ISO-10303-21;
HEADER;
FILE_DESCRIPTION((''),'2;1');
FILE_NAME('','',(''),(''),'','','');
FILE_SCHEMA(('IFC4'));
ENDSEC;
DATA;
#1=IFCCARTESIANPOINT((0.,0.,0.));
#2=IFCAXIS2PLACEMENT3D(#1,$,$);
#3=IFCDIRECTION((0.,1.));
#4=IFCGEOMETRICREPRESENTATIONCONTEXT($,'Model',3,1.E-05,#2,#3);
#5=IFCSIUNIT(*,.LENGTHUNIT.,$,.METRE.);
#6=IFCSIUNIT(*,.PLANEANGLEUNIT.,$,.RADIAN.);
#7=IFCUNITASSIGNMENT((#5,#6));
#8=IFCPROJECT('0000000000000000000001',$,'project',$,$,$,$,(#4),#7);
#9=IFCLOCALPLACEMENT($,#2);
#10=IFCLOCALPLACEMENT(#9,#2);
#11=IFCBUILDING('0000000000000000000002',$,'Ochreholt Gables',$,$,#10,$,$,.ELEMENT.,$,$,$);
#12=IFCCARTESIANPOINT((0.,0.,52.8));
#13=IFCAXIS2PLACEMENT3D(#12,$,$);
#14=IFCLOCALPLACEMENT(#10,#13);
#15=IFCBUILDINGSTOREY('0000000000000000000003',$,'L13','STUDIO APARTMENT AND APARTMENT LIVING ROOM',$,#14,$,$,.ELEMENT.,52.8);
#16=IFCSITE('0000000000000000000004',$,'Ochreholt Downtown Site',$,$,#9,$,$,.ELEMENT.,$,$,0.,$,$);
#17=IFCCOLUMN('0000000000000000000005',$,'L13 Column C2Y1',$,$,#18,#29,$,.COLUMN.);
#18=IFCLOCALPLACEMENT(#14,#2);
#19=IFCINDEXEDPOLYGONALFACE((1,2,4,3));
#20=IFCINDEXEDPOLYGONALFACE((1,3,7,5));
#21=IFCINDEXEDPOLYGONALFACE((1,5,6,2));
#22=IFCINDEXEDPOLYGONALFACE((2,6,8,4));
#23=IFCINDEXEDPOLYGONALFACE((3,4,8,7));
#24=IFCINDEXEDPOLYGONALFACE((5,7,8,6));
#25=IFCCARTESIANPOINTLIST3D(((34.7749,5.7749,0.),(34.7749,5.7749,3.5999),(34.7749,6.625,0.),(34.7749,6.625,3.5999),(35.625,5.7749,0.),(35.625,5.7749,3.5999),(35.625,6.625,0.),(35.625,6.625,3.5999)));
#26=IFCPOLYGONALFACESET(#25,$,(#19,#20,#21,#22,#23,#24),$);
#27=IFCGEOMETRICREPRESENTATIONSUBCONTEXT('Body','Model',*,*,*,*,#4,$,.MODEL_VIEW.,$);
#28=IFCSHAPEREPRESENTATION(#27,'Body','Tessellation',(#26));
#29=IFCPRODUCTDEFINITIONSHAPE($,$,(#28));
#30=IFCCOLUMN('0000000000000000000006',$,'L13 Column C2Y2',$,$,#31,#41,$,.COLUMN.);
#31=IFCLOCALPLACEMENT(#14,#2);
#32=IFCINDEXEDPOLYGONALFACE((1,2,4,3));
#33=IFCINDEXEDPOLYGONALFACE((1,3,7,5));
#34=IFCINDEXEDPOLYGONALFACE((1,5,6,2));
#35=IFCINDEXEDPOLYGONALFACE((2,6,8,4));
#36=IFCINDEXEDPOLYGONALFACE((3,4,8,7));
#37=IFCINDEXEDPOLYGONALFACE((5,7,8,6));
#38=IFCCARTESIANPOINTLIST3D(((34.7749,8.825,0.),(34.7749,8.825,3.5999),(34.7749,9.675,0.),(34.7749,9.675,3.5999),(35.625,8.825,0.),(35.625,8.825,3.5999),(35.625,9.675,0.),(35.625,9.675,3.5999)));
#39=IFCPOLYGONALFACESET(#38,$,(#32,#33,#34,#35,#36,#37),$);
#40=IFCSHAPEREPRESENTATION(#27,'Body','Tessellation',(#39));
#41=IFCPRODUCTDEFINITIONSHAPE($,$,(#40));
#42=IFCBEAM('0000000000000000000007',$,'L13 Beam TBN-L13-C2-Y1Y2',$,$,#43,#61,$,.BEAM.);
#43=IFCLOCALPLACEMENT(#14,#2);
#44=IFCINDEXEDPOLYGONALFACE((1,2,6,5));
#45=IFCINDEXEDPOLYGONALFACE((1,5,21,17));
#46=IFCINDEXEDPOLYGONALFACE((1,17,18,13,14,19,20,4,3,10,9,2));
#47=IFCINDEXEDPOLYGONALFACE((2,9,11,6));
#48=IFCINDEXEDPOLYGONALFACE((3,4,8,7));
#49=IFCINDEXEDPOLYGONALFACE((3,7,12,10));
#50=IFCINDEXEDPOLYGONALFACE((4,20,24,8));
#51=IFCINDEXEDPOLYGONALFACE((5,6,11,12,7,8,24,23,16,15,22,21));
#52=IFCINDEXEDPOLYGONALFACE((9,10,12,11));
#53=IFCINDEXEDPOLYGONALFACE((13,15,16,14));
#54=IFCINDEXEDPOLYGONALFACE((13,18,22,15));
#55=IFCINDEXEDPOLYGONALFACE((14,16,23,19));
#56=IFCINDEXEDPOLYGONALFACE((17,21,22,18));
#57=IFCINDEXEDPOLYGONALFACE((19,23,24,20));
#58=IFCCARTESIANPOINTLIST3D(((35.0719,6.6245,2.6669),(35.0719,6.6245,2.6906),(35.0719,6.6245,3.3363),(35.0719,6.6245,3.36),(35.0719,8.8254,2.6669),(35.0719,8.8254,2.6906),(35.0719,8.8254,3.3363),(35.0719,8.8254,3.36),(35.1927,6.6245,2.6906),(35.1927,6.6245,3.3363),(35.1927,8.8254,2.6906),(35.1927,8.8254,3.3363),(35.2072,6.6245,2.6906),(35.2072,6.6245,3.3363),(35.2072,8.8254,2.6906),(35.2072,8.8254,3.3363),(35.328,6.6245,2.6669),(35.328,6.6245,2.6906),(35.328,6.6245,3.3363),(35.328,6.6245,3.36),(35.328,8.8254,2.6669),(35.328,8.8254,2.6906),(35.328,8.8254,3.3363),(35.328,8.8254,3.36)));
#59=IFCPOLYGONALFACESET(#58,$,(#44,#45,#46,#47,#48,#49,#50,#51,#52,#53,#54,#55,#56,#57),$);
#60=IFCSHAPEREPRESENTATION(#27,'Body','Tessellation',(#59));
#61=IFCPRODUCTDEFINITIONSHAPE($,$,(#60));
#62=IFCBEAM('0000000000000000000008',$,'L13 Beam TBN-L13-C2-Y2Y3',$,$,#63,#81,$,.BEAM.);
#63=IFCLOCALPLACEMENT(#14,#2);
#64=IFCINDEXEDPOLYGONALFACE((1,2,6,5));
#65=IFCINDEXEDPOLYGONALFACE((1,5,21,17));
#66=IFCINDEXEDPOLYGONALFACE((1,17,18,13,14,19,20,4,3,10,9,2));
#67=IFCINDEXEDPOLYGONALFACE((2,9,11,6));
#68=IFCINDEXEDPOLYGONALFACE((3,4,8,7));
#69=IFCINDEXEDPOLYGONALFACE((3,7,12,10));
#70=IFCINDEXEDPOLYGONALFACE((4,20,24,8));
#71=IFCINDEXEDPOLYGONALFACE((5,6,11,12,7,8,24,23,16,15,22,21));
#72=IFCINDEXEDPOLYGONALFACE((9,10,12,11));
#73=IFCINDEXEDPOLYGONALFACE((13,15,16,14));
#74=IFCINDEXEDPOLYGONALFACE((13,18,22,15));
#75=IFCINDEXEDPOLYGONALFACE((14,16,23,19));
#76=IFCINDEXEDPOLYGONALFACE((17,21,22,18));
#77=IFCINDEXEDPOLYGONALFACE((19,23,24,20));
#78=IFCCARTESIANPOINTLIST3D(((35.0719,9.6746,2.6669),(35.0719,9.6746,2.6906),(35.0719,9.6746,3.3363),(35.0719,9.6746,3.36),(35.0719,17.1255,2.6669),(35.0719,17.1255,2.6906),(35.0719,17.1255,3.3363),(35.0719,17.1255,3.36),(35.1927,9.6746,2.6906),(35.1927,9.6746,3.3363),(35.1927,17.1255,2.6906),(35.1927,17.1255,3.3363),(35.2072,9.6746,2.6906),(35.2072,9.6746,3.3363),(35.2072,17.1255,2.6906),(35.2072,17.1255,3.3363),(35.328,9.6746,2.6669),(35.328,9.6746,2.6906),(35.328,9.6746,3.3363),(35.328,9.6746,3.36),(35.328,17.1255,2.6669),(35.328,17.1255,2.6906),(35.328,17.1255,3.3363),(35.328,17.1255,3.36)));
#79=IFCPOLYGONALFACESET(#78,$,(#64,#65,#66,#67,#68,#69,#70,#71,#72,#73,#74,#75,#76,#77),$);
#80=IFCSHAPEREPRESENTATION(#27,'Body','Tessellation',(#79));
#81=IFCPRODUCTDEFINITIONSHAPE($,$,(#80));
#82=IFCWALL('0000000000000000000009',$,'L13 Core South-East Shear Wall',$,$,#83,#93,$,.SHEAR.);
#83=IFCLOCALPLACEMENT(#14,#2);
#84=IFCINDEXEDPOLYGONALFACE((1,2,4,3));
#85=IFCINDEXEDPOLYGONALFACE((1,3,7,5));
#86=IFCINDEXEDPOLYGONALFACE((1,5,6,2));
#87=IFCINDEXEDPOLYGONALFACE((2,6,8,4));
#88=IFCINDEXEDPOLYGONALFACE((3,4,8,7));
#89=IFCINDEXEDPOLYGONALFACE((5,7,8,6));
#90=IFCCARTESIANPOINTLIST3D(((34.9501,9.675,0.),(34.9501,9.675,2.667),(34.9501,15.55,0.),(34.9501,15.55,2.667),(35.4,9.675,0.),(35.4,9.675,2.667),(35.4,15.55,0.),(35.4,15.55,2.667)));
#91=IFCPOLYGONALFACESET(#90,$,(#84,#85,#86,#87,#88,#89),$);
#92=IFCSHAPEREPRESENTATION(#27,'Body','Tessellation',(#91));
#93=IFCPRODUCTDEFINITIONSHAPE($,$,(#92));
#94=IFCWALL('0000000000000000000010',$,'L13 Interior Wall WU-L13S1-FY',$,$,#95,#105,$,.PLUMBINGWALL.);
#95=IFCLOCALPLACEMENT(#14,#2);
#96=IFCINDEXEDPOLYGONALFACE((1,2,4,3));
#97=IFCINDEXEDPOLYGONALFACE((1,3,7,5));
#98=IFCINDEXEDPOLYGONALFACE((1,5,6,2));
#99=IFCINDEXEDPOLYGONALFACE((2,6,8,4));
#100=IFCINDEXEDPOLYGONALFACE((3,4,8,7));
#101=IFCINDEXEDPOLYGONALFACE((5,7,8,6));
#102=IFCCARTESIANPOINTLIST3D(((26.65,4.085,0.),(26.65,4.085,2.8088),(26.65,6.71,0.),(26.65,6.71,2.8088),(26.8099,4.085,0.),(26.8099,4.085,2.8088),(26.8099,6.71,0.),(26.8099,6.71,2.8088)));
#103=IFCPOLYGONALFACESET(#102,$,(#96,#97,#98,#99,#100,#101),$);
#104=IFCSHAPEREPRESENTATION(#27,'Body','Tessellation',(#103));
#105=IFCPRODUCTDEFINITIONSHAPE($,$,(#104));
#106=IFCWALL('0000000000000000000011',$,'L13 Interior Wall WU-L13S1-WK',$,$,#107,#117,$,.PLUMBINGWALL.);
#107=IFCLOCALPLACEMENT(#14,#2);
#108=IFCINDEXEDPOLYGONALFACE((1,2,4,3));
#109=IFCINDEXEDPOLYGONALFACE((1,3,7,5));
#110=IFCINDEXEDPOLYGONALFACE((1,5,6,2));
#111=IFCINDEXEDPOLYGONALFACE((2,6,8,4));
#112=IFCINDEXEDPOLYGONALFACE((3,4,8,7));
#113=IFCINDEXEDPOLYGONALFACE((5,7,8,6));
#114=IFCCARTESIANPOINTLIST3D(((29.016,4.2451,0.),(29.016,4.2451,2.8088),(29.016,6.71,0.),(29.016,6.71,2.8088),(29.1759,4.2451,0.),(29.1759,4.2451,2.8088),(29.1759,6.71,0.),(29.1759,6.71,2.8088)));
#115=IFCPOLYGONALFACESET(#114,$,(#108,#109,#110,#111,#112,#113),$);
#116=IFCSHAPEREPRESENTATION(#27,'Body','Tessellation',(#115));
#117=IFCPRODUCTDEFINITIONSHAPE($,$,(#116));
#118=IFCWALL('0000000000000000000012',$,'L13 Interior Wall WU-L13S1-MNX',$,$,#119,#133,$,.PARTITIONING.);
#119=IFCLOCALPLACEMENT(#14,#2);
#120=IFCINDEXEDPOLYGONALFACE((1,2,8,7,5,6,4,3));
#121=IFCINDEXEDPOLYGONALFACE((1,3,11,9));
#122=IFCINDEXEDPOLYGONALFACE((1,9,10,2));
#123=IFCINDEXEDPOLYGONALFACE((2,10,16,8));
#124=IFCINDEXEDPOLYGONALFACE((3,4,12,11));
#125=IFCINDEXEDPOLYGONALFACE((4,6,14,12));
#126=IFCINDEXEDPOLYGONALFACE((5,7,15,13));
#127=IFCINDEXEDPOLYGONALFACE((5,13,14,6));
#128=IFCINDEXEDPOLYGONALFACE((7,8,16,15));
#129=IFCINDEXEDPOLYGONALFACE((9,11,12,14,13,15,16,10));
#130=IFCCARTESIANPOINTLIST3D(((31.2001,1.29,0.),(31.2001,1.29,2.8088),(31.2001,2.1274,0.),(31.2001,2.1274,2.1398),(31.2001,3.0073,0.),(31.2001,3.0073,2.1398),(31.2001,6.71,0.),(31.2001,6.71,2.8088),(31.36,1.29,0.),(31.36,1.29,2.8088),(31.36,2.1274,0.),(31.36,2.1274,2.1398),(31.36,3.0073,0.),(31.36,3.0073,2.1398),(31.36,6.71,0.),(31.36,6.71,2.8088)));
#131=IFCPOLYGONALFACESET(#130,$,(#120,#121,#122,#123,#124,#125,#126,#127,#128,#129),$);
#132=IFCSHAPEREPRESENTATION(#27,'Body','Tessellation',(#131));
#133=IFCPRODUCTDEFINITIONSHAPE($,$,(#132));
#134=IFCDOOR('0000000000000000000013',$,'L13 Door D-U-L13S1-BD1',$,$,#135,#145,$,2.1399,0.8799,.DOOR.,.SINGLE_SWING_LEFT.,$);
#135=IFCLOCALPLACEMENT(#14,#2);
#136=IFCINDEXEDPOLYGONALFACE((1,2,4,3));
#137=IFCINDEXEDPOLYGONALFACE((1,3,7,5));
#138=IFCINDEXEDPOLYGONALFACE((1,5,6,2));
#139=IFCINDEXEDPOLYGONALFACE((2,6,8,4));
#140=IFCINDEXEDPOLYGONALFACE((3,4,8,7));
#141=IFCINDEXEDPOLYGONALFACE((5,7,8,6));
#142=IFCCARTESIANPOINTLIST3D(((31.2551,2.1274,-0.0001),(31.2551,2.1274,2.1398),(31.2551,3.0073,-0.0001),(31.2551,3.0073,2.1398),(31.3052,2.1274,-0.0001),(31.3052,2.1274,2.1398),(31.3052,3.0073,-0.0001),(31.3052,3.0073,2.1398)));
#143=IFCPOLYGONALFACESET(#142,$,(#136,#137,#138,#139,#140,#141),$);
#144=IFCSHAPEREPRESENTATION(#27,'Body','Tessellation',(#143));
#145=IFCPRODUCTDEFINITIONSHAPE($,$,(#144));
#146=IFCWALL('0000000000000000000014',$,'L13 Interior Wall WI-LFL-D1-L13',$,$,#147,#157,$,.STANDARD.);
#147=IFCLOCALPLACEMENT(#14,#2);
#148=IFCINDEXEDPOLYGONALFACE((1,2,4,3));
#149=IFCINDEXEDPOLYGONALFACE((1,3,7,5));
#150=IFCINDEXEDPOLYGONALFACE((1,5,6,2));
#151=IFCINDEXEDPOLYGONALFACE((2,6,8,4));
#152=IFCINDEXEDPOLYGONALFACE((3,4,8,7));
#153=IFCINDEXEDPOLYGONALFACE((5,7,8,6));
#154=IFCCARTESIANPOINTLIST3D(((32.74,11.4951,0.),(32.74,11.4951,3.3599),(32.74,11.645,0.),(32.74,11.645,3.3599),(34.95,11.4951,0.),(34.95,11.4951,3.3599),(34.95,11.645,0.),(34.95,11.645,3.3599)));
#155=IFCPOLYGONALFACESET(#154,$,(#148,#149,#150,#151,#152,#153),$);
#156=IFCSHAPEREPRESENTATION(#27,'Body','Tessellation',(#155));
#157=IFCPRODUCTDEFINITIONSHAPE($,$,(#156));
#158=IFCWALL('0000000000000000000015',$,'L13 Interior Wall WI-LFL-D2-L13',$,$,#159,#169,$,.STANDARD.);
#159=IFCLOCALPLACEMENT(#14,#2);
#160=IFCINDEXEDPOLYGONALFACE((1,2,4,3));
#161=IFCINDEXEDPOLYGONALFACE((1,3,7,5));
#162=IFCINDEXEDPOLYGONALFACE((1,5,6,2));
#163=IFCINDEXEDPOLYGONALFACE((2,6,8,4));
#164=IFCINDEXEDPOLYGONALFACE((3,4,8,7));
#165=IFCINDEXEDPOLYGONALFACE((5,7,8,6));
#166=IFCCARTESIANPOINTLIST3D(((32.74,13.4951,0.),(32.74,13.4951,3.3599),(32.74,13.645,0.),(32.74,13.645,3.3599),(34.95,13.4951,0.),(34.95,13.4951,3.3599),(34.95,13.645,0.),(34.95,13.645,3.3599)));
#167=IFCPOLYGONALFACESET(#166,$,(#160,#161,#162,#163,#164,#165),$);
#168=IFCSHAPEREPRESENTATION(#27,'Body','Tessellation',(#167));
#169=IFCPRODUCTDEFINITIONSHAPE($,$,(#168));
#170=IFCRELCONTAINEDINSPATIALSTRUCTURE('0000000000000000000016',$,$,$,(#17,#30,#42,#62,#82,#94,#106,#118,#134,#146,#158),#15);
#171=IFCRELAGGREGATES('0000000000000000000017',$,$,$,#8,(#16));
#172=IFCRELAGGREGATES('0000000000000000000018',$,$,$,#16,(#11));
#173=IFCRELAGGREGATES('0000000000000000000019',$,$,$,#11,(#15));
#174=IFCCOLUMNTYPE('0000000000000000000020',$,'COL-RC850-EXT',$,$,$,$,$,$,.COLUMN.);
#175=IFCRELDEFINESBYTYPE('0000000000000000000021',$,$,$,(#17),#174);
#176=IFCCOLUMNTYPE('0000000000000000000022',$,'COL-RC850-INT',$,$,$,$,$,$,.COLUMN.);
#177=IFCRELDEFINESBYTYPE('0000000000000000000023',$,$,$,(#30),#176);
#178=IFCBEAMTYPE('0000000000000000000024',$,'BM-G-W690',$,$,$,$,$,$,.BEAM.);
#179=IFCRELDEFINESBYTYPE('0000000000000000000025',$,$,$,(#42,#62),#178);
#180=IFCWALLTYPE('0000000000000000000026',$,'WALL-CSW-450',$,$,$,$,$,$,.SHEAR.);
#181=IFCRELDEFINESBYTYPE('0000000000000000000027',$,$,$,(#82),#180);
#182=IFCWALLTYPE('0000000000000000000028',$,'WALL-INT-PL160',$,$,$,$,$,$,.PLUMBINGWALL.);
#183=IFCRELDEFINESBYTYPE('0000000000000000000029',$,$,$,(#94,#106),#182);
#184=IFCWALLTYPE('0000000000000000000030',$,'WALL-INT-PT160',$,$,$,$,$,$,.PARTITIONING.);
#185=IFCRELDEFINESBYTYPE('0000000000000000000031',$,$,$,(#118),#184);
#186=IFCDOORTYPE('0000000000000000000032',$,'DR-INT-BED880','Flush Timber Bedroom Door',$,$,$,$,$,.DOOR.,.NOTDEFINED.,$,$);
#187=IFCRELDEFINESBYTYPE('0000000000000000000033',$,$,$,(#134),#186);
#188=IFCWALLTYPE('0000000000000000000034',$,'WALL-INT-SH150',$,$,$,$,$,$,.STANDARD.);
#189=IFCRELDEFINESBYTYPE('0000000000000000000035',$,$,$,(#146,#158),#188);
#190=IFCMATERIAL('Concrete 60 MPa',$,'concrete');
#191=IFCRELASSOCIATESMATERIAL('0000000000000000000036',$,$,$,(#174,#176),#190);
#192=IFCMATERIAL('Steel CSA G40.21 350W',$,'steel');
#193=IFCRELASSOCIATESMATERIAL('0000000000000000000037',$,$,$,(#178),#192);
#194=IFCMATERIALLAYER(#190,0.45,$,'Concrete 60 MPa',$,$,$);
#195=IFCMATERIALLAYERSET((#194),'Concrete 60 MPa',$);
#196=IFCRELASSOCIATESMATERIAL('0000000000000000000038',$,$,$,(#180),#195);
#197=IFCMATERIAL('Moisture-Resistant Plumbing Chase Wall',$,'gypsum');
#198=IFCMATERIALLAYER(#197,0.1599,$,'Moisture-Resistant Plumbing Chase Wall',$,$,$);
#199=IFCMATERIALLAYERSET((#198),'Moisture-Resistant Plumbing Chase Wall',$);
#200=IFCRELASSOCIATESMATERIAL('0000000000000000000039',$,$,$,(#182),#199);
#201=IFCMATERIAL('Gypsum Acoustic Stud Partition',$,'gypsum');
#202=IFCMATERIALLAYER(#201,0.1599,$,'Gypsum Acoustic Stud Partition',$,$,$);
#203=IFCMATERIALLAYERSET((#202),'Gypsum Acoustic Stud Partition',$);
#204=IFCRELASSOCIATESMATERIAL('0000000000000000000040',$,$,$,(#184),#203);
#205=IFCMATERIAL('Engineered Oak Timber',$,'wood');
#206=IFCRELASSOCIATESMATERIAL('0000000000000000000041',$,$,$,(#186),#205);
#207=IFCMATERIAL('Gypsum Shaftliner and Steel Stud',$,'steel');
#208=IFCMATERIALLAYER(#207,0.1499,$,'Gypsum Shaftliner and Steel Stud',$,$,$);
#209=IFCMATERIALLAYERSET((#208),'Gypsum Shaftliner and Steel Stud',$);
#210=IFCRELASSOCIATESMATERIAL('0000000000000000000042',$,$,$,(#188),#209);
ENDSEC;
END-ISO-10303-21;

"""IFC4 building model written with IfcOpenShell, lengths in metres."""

from ifc_helpers import new_model, si_unit, direction, frame, frame_2d, origin, origin_2d, place, context, subcontext, project, spatial, rectangle, i_section, extrude, material, layer, layer_set, material_profile, profile_set, type_object, element, fill, save


model = new_model("IFC4")

# Units and contexts
model_context = context("Model", 3, precision=1e-05, world=origin(), true_north=direction((0.0, 1.0)))
body_context = subcontext(model_context, "Body", "Model", "MODEL_VIEW")
ifc_project = project(units=[si_unit("LENGTHUNIT", "METRE"), si_unit("PLANEANGLEUNIT", "RADIAN")], contexts=[model_context])

# Site, building, storey
site_placement = place(None, origin())
site = spatial("IfcSite", under=ifc_project, at=site_placement, Name="Ochreholt Downtown Site", CompositionType="ELEMENT", RefElevation=0.0)
building_placement = place(site_placement, origin())
building = spatial("IfcBuilding", under=site, at=building_placement, Name="Ochreholt Gables", CompositionType="ELEMENT")
storey_placement = place(building_placement, frame((0.0, 0.0, 52.8)))
storey = spatial("IfcBuildingStorey", under=building, at=storey_placement, Name="L13", Description="STUDIO APARTMENT AND APARTMENT LIVING ROOM", CompositionType="ELEMENT", Elevation=52.8)

# Columns
ifc_material_1 = material(Name="Concrete 60 MPa", Category="concrete")
ifc_material_profile_1 = material_profile(ifc_material_1, rectangle(XDim=0.8501, YDim=0.8501, at=origin_2d()), Name="RC850X850")
ifc_profile_set_1 = profile_set([ifc_material_profile_1], Name="Concrete 60 MPa")
column_type_1 = type_object("IfcColumnType", Name="COL-RC850-EXT", PredefinedType="COLUMN", material=ifc_profile_set_1)
column_1_placement = place(storey_placement, frame((35.2, 6.2, 0.0), z_axis=(0.0, 0.0, 1.0), x_axis=(1.0, 0.0, 0.0)))
element("IfcColumn", 1, at=column_1_placement, inside=storey, type_object=column_type_1, Name="L13 Column C2Y1", PredefinedType="COLUMN", context=body_context, shape_type="SweptSolid", body=[
    extrude(rectangle(XDim=0.8501, YDim=0.8501, at=origin_2d()), origin(), (0.0, 0.0, 1.0), 3.5999),
])
ifc_material_profile_2 = material_profile(ifc_material_1, rectangle(XDim=0.8501, YDim=0.8501, at=origin_2d()), Name="RC850X850")
ifc_profile_set_2 = profile_set([ifc_material_profile_2], Name="Concrete 60 MPa")
column_type_2 = type_object("IfcColumnType", Name="COL-RC850-INT", PredefinedType="COLUMN", material=ifc_profile_set_2)
column_2_placement = place(storey_placement, frame((35.2, 9.25, 0.0), z_axis=(0.0, 0.0, 1.0), x_axis=(1.0, 0.0, 0.0)))
element("IfcColumn", 2, at=column_2_placement, inside=storey, type_object=column_type_2, Name="L13 Column C2Y2", PredefinedType="COLUMN", context=body_context, shape_type="SweptSolid", body=[
    extrude(rectangle(XDim=0.8501, YDim=0.8501, at=origin_2d()), origin(), (0.0, 0.0, 1.0), 3.5999),
])

# Beams
ifc_material_2 = material(Name="Steel CSA G40.21 350W", Category="steel")
ifc_material_profile_3 = material_profile(ifc_material_2, i_section(OverallWidth=0.2561, OverallDepth=0.6931, WebThickness=0.0144, FlangeThickness=0.0237, at=origin_2d()), Name="W690X170")
ifc_profile_set_3 = profile_set([ifc_material_profile_3], Name="Steel CSA G40.21 350W")
beam_type = type_object("IfcBeamType", Name="BM-G-W690", PredefinedType="BEAM", material=ifc_profile_set_3)
beam_1_placement = place(storey_placement, frame((35.2, 6.6245, 3.0134), z_axis=(0.0, 1.0, 0.0), x_axis=(-1.0, 0.0, 0.0)))
element("IfcBeam", 3, at=beam_1_placement, inside=storey, type_object=beam_type, Name="L13 Beam TBN-L13-C2-Y1Y2", PredefinedType="BEAM", context=body_context, shape_type="SweptSolid", body=[
    extrude(i_section(OverallWidth=0.2561, OverallDepth=0.6931, WebThickness=0.0144, FlangeThickness=0.0237, at=origin_2d()), origin(), (0.0, 0.0, 1.0), 2.2009),
])
beam_2_placement = place(storey_placement, frame((35.2, 9.6746, 3.0134), z_axis=(0.0, 1.0, 0.0), x_axis=(-1.0, 0.0, 0.0)))
element("IfcBeam", 4, at=beam_2_placement, inside=storey, type_object=beam_type, Name="L13 Beam TBN-L13-C2-Y2Y3", PredefinedType="BEAM", context=body_context, shape_type="SweptSolid", body=[
    extrude(i_section(OverallWidth=0.2561, OverallDepth=0.6931, WebThickness=0.0144, FlangeThickness=0.0237, at=origin_2d()), origin(), (0.0, 0.0, 1.0), 7.4509),
])

# Wall
ifc_layer_1 = layer(ifc_material_1, 0.45, Name="Concrete 60 MPa")
ifc_layer_set_1 = layer_set([ifc_layer_1], Name="Concrete 60 MPa")
wall_type_1 = type_object("IfcWallType", Name="WALL-CSW-450", PredefinedType="SHEAR", material=ifc_layer_set_1)
wall_1_placement = place(storey_placement, frame((35.175, 9.675, 0.0), z_axis=(0.0, 0.0, 1.0), x_axis=(0.0, 1.0, 0.0)))
element("IfcWall", 5, at=wall_1_placement, inside=storey, type_object=wall_type_1, Name="L13 Core South-East Shear Wall", PredefinedType="SHEAR", context=body_context, shape_type="SweptSolid", body=[
    extrude(rectangle(XDim=5.875, YDim=0.45, at=frame_2d((2.9375, 0.0))), origin(), (0.0, 0.0, 1.0), 2.667),
])

# Shared definitions
ifc_material_3 = material(Name="Moisture-Resistant Plumbing Chase Wall", Category="gypsum")
ifc_layer_2 = layer(ifc_material_3, 0.1599, Name="Moisture-Resistant Plumbing Chase Wall")
ifc_layer_set_2 = layer_set([ifc_layer_2], Name="Moisture-Resistant Plumbing Chase Wall")
wall_type_2 = type_object("IfcWallType", Name="WALL-INT-PL160", PredefinedType="PLUMBINGWALL", material=ifc_layer_set_2)
ifc_material_4 = material(Name="Engineered Oak Timber", Category="wood")

# Walls
wall_2_placement = place(storey_placement, frame((26.73, 4.085, 0.0), z_axis=(0.0, 0.0, 1.0), x_axis=(0.0, 1.0, 0.0)))
element("IfcWall", 6, at=wall_2_placement, inside=storey, type_object=wall_type_2, Name="L13 Interior Wall WU-L13S1-FY", PredefinedType="PLUMBINGWALL", context=body_context, shape_type="SweptSolid", body=[
    extrude(rectangle(XDim=2.625, YDim=0.1599, at=frame_2d((1.3125, 0.0))), origin(), (0.0, 0.0, 1.0), 2.8088),
])
wall_3_placement = place(storey_placement, frame((29.0959, 4.2451, 0.0), z_axis=(0.0, 0.0, 1.0), x_axis=(0.0, 1.0, 0.0)))
element("IfcWall", 7, at=wall_3_placement, inside=storey, type_object=wall_type_2, Name="L13 Interior Wall WU-L13S1-WK", PredefinedType="PLUMBINGWALL", context=body_context, shape_type="SweptSolid", body=[
    extrude(rectangle(XDim=2.4648, YDim=0.1599, at=frame_2d((1.2324, 0.0))), origin(), (0.0, 0.0, 1.0), 2.8088),
])

# Wall, opening, door
ifc_material_5 = material(Name="Gypsum Acoustic Stud Partition", Category="gypsum")
ifc_layer_3 = layer(ifc_material_5, 0.1599, Name="Gypsum Acoustic Stud Partition")
ifc_layer_set_3 = layer_set([ifc_layer_3], Name="Gypsum Acoustic Stud Partition")
wall_type_3 = type_object("IfcWallType", Name="WALL-INT-PT160", PredefinedType="PARTITIONING", material=ifc_layer_set_3)
wall_4_placement = place(storey_placement, frame((31.28, 1.29, 0.0), z_axis=(0.0, 0.0, 1.0), x_axis=(0.0, 1.0, 0.0)))
wall_4 = element("IfcWall", 8, at=wall_4_placement, inside=storey, type_object=wall_type_3, Name="L13 Interior Wall WU-L13S1-MNX", PredefinedType="PARTITIONING", context=body_context, shape_type="SweptSolid", body=[
    extrude(rectangle(XDim=5.4199, YDim=0.1599, at=frame_2d((2.71, 0.0))), origin(), (0.0, 0.0, 1.0), 2.8088),
])
opening_1_placement = place(wall_4_placement, frame((0.8374, 0.0, 0.0)))
opening_1 = element("IfcOpeningElement", 9, at=opening_1_placement, cuts=wall_4, PredefinedType="OPENING", context=body_context, shape_type="SweptSolid", body=[
    extrude(rectangle(XDim=0.8799, YDim=2.1399, at=frame_2d((0.4399, 1.0698))), frame((0.0, 0.0898, 0.0), z_axis=(0.0, -1.0, 0.0), x_axis=(1.0, 0.0, 0.0)), (0.0, 0.0, 1.0), 0.1799),
])
door_type_1 = type_object("IfcDoorType", Name="DR-INT-BED880", Description="Flush Timber Bedroom Door", OperationType="NOTDEFINED", PredefinedType="DOOR", material=ifc_material_4)
door_1_placement = place(opening_1_placement, origin())
door_1 = element("IfcDoor", 10, at=door_1_placement, inside=storey, type_object=door_type_1, Name="L13 Door D-U-L13S1-BD1", OperationType="SINGLE_SWING_LEFT", OverallHeight=2.1399, OverallWidth=0.8799, PredefinedType="DOOR", context=body_context, shape_type="SweptSolid", body=[
    extrude(rectangle(XDim=0.8799, YDim=2.1399, at=frame_2d((0.4399, 1.0698))), frame((0.0, 0.0249, 0.0), z_axis=(0.0, -1.0, 0.0), x_axis=(1.0, 0.0, 0.0)), (0.0, 0.0, 1.0), 0.05),
])
fill(opening_1, door_1)

# Walls
ifc_material_6 = material(Name="Gypsum Shaftliner and Steel Stud", Category="steel")
ifc_layer_4 = layer(ifc_material_6, 0.1499, Name="Gypsum Shaftliner and Steel Stud")
ifc_layer_set_4 = layer_set([ifc_layer_4], Name="Gypsum Shaftliner and Steel Stud")
wall_type_4 = type_object("IfcWallType", Name="WALL-INT-SH150", PredefinedType="STANDARD", material=ifc_layer_set_4)
for number, where, z_axis, x_axis, name in (
    (11, (32.74, 11.5701, 0.0), (0.0, 0.0, 1.0), (1.0, 0.0, 0.0), "L13 Interior Wall WI-LFL-D1-L13"),
    (12, (32.74, 13.5701, 0.0), (0.0, 0.0, 1.0), (1.0, 0.0, 0.0), "L13 Interior Wall WI-LFL-D2-L13"),
):
    element("IfcWall", number, at=place(storey_placement, frame(where, z_axis=z_axis, x_axis=x_axis)), inside=storey, type_object=wall_type_4, Name=name, PredefinedType="STANDARD", context=body_context, shape_type="SweptSolid", body=[
        extrude(rectangle(XDim=2.21, YDim=0.1499, at=frame_2d((1.105, 0.0))), origin(), (0.0, 0.0, 1.0), 3.3599),
    ])

save(model, "model.ifc")
